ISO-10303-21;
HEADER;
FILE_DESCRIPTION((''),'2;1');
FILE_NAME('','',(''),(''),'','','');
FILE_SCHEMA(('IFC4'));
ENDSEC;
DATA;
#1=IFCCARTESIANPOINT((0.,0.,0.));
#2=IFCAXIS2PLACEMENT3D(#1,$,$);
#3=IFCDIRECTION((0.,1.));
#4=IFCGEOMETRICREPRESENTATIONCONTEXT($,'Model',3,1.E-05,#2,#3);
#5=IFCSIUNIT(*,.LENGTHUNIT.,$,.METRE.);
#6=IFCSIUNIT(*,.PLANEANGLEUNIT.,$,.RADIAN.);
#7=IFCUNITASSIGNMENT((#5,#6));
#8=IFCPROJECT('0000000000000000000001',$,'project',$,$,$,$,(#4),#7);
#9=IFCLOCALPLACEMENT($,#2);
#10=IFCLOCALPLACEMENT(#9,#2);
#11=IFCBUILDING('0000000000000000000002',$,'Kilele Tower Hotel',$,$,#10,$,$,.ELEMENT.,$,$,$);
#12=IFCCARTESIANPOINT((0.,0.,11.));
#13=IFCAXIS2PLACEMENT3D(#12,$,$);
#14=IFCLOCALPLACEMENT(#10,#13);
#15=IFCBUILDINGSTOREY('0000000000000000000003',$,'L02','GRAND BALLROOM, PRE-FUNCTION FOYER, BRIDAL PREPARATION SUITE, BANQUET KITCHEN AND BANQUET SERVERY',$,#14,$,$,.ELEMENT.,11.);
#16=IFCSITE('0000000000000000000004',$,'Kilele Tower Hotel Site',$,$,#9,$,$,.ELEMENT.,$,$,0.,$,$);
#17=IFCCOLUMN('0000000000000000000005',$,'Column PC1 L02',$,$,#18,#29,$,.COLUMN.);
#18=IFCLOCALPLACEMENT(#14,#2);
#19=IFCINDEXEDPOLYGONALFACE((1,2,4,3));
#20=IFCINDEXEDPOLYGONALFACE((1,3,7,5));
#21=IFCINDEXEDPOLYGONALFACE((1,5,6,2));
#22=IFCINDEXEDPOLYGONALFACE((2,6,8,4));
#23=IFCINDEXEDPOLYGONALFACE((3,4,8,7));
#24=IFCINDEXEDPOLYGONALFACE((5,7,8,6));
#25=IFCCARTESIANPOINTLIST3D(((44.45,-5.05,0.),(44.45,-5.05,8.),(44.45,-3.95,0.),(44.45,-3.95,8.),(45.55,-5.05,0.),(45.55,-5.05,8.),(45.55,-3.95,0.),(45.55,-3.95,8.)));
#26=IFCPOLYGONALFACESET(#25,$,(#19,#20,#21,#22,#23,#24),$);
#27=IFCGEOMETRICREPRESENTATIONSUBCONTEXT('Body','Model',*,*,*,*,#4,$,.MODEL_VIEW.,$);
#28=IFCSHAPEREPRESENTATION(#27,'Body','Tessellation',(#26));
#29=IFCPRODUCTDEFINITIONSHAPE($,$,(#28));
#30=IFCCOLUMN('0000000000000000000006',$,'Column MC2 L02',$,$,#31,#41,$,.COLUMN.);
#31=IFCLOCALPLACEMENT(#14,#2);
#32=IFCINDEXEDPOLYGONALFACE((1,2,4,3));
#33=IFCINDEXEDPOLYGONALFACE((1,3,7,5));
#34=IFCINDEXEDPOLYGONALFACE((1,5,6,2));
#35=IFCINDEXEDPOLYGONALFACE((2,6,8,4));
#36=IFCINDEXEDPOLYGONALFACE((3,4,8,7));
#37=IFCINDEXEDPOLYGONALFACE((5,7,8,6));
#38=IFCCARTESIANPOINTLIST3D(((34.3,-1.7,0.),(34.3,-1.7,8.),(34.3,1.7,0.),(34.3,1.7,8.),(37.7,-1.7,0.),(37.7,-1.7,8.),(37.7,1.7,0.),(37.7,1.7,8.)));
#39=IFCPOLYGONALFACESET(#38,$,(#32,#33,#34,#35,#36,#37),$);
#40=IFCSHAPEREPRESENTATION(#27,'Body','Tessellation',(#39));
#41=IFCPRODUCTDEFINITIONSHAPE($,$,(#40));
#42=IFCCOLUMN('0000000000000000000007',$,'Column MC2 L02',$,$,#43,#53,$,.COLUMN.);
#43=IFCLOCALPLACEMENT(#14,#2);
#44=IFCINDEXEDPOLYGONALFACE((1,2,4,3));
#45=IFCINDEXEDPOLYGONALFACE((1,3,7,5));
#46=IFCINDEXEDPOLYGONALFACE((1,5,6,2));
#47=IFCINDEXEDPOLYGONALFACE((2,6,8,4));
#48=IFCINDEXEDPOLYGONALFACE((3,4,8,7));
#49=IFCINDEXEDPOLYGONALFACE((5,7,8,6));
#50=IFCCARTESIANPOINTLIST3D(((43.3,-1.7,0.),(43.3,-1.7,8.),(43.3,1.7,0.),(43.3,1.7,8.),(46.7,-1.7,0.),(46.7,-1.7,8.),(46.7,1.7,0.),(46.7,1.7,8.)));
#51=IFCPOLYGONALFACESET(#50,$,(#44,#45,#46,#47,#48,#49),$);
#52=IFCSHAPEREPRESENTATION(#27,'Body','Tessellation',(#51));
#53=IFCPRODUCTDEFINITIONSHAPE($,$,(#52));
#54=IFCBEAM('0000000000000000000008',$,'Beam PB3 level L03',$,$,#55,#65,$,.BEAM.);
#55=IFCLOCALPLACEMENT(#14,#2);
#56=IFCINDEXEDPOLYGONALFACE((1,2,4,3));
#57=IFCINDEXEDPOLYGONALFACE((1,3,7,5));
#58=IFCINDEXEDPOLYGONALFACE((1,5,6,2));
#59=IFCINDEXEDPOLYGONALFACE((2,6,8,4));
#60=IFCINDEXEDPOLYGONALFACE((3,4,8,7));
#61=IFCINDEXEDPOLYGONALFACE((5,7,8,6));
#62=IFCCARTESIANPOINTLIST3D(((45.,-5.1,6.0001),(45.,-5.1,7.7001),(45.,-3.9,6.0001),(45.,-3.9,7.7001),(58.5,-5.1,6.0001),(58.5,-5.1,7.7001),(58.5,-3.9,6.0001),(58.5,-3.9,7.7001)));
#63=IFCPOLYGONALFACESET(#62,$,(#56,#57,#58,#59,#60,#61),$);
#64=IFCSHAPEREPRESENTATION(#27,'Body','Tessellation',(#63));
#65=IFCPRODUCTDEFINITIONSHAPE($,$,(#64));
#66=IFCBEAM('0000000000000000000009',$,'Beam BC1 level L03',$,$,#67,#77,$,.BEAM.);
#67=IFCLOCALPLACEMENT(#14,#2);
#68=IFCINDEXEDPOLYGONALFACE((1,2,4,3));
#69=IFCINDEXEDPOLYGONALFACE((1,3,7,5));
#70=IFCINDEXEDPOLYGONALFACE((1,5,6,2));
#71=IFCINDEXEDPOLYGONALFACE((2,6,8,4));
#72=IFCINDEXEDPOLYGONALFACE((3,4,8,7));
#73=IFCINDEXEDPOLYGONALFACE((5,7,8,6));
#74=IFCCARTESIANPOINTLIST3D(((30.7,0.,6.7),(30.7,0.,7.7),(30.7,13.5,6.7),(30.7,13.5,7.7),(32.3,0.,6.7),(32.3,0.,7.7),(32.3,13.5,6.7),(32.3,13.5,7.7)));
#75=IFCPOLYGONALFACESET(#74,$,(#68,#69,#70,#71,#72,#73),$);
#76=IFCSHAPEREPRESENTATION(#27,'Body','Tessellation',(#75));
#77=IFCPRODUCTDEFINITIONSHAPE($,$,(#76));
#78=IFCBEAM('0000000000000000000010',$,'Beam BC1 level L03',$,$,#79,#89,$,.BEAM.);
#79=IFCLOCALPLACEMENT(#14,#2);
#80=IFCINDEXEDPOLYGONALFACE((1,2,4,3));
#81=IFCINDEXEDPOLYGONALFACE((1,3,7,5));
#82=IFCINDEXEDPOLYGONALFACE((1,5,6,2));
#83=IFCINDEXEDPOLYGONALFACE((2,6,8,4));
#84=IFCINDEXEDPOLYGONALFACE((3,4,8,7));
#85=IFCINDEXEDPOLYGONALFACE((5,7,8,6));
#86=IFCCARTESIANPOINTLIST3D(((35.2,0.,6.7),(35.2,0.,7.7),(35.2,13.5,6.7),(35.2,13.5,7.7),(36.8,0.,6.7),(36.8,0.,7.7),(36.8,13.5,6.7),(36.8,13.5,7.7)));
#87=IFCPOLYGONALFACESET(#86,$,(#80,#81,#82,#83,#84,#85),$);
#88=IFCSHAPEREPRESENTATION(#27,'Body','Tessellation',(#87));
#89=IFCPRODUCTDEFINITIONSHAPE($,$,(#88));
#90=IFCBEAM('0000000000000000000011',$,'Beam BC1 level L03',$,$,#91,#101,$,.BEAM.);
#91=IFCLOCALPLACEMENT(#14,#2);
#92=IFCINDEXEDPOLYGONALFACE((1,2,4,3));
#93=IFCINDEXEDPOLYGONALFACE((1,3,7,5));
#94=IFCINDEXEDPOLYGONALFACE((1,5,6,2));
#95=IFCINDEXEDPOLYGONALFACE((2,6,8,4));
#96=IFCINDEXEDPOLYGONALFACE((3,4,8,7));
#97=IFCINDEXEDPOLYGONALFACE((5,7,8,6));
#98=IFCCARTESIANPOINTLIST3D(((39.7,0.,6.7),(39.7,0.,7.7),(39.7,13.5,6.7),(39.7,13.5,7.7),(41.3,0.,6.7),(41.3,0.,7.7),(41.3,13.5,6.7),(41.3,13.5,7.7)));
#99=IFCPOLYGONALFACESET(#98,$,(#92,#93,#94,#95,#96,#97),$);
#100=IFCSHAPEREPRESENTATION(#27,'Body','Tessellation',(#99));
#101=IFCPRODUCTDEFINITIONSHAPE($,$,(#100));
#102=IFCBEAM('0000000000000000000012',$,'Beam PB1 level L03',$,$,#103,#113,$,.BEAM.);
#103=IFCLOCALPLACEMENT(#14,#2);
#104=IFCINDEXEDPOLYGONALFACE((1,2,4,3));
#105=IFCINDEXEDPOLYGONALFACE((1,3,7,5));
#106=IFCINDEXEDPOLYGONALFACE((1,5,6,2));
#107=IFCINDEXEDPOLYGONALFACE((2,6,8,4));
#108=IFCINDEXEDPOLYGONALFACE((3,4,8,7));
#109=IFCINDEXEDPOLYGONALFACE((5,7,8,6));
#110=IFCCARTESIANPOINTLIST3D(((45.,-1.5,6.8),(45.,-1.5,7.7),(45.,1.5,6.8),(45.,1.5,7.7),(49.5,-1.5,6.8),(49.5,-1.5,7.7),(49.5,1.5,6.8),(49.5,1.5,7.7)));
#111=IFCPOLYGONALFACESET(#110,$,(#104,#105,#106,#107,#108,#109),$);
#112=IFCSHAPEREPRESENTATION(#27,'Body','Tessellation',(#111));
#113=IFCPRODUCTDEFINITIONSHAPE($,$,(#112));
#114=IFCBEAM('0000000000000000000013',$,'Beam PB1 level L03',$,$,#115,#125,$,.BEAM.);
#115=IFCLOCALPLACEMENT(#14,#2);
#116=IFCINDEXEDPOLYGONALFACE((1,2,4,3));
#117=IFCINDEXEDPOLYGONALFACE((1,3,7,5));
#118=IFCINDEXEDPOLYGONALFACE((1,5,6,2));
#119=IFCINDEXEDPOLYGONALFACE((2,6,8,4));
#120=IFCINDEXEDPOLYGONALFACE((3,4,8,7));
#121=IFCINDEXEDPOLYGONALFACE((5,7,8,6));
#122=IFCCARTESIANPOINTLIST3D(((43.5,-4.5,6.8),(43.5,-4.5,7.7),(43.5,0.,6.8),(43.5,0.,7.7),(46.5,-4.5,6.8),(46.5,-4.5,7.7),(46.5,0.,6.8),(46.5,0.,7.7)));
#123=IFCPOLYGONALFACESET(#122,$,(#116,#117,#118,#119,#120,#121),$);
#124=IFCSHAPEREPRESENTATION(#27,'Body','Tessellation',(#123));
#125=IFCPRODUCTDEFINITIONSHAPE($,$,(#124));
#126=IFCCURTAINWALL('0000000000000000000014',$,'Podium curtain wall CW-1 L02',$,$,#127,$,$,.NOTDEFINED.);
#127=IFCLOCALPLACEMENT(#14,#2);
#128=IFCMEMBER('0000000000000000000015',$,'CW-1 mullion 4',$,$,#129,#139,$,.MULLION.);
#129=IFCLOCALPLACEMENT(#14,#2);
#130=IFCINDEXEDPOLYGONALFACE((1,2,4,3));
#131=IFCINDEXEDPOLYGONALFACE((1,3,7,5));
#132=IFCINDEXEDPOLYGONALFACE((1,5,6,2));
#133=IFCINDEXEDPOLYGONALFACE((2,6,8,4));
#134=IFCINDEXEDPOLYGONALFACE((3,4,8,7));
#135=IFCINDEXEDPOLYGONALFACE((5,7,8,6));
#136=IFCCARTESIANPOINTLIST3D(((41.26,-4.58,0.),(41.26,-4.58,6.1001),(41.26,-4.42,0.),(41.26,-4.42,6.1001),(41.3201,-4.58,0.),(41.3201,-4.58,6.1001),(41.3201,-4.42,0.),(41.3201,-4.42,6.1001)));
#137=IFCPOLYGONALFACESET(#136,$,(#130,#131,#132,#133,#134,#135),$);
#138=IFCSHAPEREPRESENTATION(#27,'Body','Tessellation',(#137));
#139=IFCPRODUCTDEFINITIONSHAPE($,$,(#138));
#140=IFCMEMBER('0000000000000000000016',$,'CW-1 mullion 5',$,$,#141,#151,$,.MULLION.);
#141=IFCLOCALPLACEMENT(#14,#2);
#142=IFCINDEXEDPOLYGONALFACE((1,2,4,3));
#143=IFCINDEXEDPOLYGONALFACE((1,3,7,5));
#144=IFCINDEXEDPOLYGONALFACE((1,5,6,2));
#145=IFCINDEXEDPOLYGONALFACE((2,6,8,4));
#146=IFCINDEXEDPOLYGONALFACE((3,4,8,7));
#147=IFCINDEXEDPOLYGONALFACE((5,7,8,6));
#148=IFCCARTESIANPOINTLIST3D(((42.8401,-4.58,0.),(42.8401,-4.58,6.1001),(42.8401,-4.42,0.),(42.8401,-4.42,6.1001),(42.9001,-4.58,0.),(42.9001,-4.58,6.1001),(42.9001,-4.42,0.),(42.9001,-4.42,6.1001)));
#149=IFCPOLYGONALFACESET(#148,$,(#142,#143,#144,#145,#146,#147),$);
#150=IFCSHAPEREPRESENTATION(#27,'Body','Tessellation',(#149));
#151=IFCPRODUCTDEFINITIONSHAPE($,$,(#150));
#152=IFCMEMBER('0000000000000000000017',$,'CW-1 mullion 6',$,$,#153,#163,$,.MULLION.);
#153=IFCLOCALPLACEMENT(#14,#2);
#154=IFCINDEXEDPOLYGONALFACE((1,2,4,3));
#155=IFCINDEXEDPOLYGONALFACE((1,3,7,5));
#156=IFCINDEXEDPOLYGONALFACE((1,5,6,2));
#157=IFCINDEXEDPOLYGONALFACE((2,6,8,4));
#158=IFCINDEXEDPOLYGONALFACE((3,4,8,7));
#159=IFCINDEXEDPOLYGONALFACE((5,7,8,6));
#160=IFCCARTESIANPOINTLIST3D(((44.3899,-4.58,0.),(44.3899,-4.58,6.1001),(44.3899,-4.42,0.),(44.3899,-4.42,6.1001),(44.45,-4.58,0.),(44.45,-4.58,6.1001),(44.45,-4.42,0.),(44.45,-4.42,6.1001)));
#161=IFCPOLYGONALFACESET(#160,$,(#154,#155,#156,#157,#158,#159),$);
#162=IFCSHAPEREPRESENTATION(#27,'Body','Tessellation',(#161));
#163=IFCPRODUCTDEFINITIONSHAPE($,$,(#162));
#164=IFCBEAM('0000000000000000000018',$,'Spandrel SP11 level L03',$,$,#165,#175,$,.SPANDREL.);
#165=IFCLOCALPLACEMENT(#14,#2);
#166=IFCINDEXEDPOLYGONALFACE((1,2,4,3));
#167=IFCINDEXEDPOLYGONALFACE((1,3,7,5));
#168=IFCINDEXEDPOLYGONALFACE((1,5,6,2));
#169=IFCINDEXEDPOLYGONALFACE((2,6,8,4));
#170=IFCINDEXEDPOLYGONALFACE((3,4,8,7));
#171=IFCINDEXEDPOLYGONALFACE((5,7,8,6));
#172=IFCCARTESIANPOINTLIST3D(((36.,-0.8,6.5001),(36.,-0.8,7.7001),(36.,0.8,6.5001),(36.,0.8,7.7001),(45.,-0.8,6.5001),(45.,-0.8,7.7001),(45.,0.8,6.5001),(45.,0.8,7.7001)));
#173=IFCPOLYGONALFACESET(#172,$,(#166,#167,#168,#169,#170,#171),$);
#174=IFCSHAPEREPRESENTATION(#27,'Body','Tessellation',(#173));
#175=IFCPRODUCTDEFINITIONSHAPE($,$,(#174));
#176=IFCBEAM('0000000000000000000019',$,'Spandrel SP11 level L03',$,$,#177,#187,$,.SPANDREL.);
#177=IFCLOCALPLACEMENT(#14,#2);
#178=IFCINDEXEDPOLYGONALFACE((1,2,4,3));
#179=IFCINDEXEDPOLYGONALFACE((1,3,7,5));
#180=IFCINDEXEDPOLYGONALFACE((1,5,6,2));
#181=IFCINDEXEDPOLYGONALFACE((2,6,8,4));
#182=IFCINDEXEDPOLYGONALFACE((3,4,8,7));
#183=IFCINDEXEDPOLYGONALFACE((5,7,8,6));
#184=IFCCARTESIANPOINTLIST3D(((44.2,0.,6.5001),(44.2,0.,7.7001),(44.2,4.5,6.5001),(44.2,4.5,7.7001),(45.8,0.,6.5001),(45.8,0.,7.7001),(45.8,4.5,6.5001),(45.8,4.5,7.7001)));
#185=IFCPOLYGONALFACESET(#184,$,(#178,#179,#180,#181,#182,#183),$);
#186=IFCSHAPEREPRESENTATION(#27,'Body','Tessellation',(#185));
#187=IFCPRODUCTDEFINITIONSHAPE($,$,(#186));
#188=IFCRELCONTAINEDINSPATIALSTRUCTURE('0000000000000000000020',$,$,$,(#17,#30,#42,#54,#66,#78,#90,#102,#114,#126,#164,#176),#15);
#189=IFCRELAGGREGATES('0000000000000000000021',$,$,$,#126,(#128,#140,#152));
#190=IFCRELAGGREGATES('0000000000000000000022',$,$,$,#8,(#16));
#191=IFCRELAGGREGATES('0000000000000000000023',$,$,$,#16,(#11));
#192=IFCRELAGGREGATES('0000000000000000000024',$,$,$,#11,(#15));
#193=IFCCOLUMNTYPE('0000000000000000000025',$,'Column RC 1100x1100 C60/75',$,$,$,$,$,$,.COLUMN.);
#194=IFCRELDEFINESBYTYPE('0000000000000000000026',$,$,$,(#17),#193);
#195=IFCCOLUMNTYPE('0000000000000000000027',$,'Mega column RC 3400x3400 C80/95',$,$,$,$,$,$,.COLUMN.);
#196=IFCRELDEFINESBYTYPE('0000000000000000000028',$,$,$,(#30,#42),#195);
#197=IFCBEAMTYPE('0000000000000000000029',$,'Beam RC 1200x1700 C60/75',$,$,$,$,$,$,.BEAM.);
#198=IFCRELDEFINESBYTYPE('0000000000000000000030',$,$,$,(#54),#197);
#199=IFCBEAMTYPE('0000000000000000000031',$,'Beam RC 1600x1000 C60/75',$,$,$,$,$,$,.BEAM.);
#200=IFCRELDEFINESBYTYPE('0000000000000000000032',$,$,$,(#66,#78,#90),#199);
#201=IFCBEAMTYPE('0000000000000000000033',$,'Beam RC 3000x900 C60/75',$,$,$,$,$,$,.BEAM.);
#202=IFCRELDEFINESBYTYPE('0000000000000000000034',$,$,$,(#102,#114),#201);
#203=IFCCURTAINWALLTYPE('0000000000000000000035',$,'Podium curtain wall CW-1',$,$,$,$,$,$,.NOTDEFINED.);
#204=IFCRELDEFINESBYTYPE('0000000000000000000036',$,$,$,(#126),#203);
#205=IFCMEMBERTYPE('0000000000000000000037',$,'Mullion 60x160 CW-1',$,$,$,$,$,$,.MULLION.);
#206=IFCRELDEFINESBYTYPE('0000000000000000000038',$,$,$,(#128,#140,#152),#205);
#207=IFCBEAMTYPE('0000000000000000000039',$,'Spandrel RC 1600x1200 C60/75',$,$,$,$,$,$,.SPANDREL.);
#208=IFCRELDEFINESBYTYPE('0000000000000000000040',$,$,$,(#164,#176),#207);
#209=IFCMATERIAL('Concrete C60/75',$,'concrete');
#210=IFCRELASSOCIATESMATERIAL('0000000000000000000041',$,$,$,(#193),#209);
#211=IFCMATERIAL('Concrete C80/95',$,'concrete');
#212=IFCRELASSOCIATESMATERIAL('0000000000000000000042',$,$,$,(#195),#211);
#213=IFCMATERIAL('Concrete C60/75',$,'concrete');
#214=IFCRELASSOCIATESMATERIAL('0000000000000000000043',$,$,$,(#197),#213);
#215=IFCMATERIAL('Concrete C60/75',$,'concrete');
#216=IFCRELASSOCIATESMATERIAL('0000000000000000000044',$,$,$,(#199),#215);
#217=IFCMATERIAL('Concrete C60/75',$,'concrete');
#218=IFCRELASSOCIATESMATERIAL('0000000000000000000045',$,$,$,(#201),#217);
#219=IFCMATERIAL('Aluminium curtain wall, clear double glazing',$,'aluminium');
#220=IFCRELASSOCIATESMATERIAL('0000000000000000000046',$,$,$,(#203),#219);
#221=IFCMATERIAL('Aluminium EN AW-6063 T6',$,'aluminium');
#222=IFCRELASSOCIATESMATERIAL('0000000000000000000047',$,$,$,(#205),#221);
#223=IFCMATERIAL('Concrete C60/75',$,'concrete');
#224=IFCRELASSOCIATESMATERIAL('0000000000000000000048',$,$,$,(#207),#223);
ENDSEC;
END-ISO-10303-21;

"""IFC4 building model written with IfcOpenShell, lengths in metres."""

from ifc_helpers import new_model, si_unit, direction, frame, origin, origin_2d, place, context, subcontext, project, spatial, rectangle, extrude, material, material_profile, profile_set, type_object, element, aggregate, save


model = new_model("IFC4")

# Units and contexts
model_context = context("Model", 3, precision=1e-05, world=origin(), true_north=direction((0.0, 1.0)))
body_context = subcontext(model_context, "Body", "Model", "MODEL_VIEW")
ifc_project = project(units=[si_unit("LENGTHUNIT", "METRE"), si_unit("PLANEANGLEUNIT", "RADIAN")], contexts=[model_context])

# Site, building, storey
site_placement = place(None, origin())
site = spatial("IfcSite", under=ifc_project, at=site_placement, Name="Kilele Tower Hotel Site", CompositionType="ELEMENT", RefElevation=0.0)
building_placement = place(site_placement, origin())
building = spatial("IfcBuilding", under=site, at=building_placement, Name="Kilele Tower Hotel", CompositionType="ELEMENT")
storey_placement = place(building_placement, frame((0.0, 0.0, 11.0)))
storey = spatial("IfcBuildingStorey", under=building, at=storey_placement, Name="L02", Description="GRAND BALLROOM, PRE-FUNCTION FOYER, BRIDAL PREPARATION SUITE, BANQUET KITCHEN AND BANQUET SERVERY", CompositionType="ELEMENT", Elevation=11.0)

# Columns
ifc_material_1 = material(Name="Concrete C60/75", Category="concrete")
ifc_material_profile_1 = material_profile(ifc_material_1, rectangle(XDim=1.1001, YDim=1.1001, at=origin_2d()))
ifc_profile_set_1 = profile_set([ifc_material_profile_1], Name="Concrete C60/75")
column_type_1 = type_object("IfcColumnType", Name="Column RC 1100x1100 C60/75", PredefinedType="COLUMN", material=ifc_profile_set_1)
column_placement = place(storey_placement, frame((45.0, -4.5, 0.0), z_axis=(0.0, 0.0, 1.0), x_axis=(1.0, 0.0, 0.0)))
element("IfcColumn", 1, at=column_placement, inside=storey, type_object=column_type_1, Name="Column PC1 L02", PredefinedType="COLUMN", context=body_context, shape_type="SweptSolid", body=[
    extrude(rectangle(XDim=1.1001, YDim=1.1001, at=origin_2d()), origin(), (0.0, 0.0, 1.0), 8.0),
])
ifc_material_2 = material(Name="Concrete C80/95", Category="concrete")
ifc_material_profile_2 = material_profile(ifc_material_2, rectangle(XDim=3.3999, YDim=3.3999, at=origin_2d()))
ifc_profile_set_2 = profile_set([ifc_material_profile_2], Name="Concrete C80/95")
column_type_2 = type_object("IfcColumnType", Name="Mega column RC 3400x3400 C80/95", PredefinedType="COLUMN", material=ifc_profile_set_2)
for number, where, z_axis, x_axis, name in (
    (2, (36.0, 0.0, 0.0), (0.0, 0.0, 1.0), (1.0, 0.0, 0.0), "Column MC2 L02"),
    (3, (45.0, 0.0, 0.0), (0.0, 0.0, 1.0), (1.0, 0.0, 0.0), "Column MC2 L02"),
):
    element("IfcColumn", number, at=place(storey_placement, frame(where, z_axis=z_axis, x_axis=x_axis)), inside=storey, type_object=column_type_2, Name=name, PredefinedType="COLUMN", context=body_context, shape_type="SweptSolid", body=[
        extrude(rectangle(XDim=3.3999, YDim=3.3999, at=origin_2d()), origin(), (0.0, 0.0, 1.0), 8.0),
    ])

# Beams
ifc_material_3 = material(Name="Concrete C60/75", Category="concrete")
ifc_material_profile_3 = material_profile(ifc_material_3, rectangle(XDim=1.2, YDim=1.7, at=origin_2d()))
ifc_profile_set_3 = profile_set([ifc_material_profile_3], Name="Concrete C60/75")
beam_type_1 = type_object("IfcBeamType", Name="Beam RC 1200x1700 C60/75", PredefinedType="BEAM", material=ifc_profile_set_3)
beam_1_placement = place(storey_placement, frame((45.0, -4.5, 6.8501), z_axis=(1.0, 0.0, 0.0), x_axis=(0.0, 1.0, 0.0)))
element("IfcBeam", 4, at=beam_1_placement, inside=storey, type_object=beam_type_1, Name="Beam PB3 level L03", PredefinedType="BEAM", context=body_context, shape_type="SweptSolid", body=[
    extrude(rectangle(XDim=1.2, YDim=1.7, at=origin_2d()), origin(), (0.0, 0.0, 1.0), 13.5),
])
ifc_material_4 = material(Name="Concrete C60/75", Category="concrete")
ifc_material_profile_4 = material_profile(ifc_material_4, rectangle(XDim=1.6001, YDim=1.0, at=origin_2d()))
ifc_profile_set_4 = profile_set([ifc_material_profile_4], Name="Concrete C60/75")
beam_type_2 = type_object("IfcBeamType", Name="Beam RC 1600x1000 C60/75", PredefinedType="BEAM", material=ifc_profile_set_4)
for number, where, z_axis, x_axis, name in (
    (5, (31.5, 0.0, 7.2), (0.0, 1.0, 0.0), (-1.0, 0.0, 0.0), "Beam BC1 level L03"),
    (6, (36.0, 0.0, 7.2), (0.0, 1.0, 0.0), (-1.0, 0.0, 0.0), "Beam BC1 level L03"),
    (7, (40.5, 0.0, 7.2), (0.0, 1.0, 0.0), (-1.0, 0.0, 0.0), "Beam BC1 level L03"),
):
    element("IfcBeam", number, at=place(storey_placement, frame(where, z_axis=z_axis, x_axis=x_axis)), inside=storey, type_object=beam_type_2, Name=name, PredefinedType="BEAM", context=body_context, shape_type="SweptSolid", body=[
        extrude(rectangle(XDim=1.6001, YDim=1.0, at=origin_2d()), origin(), (0.0, 0.0, 1.0), 13.5),
    ])
ifc_material_5 = material(Name="Concrete C60/75", Category="concrete")
ifc_material_profile_5 = material_profile(ifc_material_5, rectangle(XDim=3.0, YDim=0.8999, at=origin_2d()))
ifc_profile_set_5 = profile_set([ifc_material_profile_5], Name="Concrete C60/75")
beam_type_3 = type_object("IfcBeamType", Name="Beam RC 3000x900 C60/75", PredefinedType="BEAM", material=ifc_profile_set_5)
for number, where, z_axis, x_axis, name in (
    (8, (45.0, 0.0, 7.25), (1.0, 0.0, 0.0), (0.0, 1.0, 0.0), "Beam PB1 level L03"),
    (9, (45.0, -4.5, 7.25), (0.0, 1.0, 0.0), (-1.0, 0.0, 0.0), "Beam PB1 level L03"),
):
    element("IfcBeam", number, at=place(storey_placement, frame(where, z_axis=z_axis, x_axis=x_axis)), inside=storey, type_object=beam_type_3, Name=name, PredefinedType="BEAM", context=body_context, shape_type="SweptSolid", body=[
        extrude(rectangle(XDim=3.0, YDim=0.8999, at=origin_2d()), origin(), (0.0, 0.0, 1.0), 4.5),
    ])

# Curtain wall, members
ifc_material_6 = material(Name="Aluminium curtain wall, clear double glazing", Category="aluminium")
curtain_wall_type = type_object("IfcCurtainWallType", Name="Podium curtain wall CW-1", PredefinedType="NOTDEFINED", material=ifc_material_6)
curtain_wall_placement = place(storey_placement, origin())
curtain_wall = element("IfcCurtainWall", 10, at=curtain_wall_placement, inside=storey, type_object=curtain_wall_type, Name="Podium curtain wall CW-1 L02", PredefinedType="NOTDEFINED")
ifc_material_7 = material(Name="Aluminium EN AW-6063 T6", Category="aluminium")
ifc_material_profile_6 = material_profile(ifc_material_7, rectangle(XDim=0.1599, YDim=0.0601, at=origin_2d()))
ifc_profile_set_6 = profile_set([ifc_material_profile_6], Name="Aluminium EN AW-6063 T6")
member_type_1 = type_object("IfcMemberType", Name="Mullion 60x160 CW-1", PredefinedType="MULLION", material=ifc_profile_set_6)
member_1_placement = place(storey_placement, frame((41.29, -4.5, 0.0), z_axis=(0.0, 0.0, 1.0), x_axis=(0.0, 1.0, 0.0)))
member_1 = element("IfcMember", 11, at=member_1_placement, type_object=member_type_1, Name="CW-1 mullion 4", PredefinedType="MULLION", context=body_context, shape_type="SweptSolid", body=[
    extrude(rectangle(XDim=0.1599, YDim=0.0601, at=origin_2d()), origin(), (0.0, 0.0, 1.0), 6.1001),
])
member_2_placement = place(storey_placement, frame((42.8701, -4.5, 0.0), z_axis=(0.0, 0.0, 1.0), x_axis=(0.0, 1.0, 0.0)))
member_2 = element("IfcMember", 12, at=member_2_placement, type_object=member_type_1, Name="CW-1 mullion 5", PredefinedType="MULLION", context=body_context, shape_type="SweptSolid", body=[
    extrude(rectangle(XDim=0.1599, YDim=0.0601, at=origin_2d()), origin(), (0.0, 0.0, 1.0), 6.1001),
])
member_3_placement = place(storey_placement, frame((44.4199, -4.5, 0.0), z_axis=(0.0, 0.0, 1.0), x_axis=(0.0, 1.0, 0.0)))
member_3 = element("IfcMember", 13, at=member_3_placement, type_object=member_type_1, Name="CW-1 mullion 6", PredefinedType="MULLION", context=body_context, shape_type="SweptSolid", body=[
    extrude(rectangle(XDim=0.1599, YDim=0.0601, at=origin_2d()), origin(), (0.0, 0.0, 1.0), 6.1001),
])

# Beams
ifc_material_8 = material(Name="Concrete C60/75", Category="concrete")
ifc_material_profile_7 = material_profile(ifc_material_8, rectangle(XDim=1.6001, YDim=1.2, at=origin_2d()))
ifc_profile_set_7 = profile_set([ifc_material_profile_7], Name="Concrete C60/75")
beam_type_4 = type_object("IfcBeamType", Name="Spandrel RC 1600x1200 C60/75", PredefinedType="SPANDREL", material=ifc_profile_set_7)
beam_2_placement = place(storey_placement, frame((36.0, 0.0, 7.1001), z_axis=(1.0, 0.0, 0.0), x_axis=(0.0, 1.0, 0.0)))
element("IfcBeam", 14, at=beam_2_placement, inside=storey, type_object=beam_type_4, Name="Spandrel SP11 level L03", PredefinedType="SPANDREL", context=body_context, shape_type="SweptSolid", body=[
    extrude(rectangle(XDim=1.6001, YDim=1.2, at=origin_2d()), origin(), (0.0, 0.0, 1.0), 9.0),
])
beam_3_placement = place(storey_placement, frame((45.0, 0.0, 7.1001), z_axis=(0.0, 1.0, 0.0), x_axis=(-1.0, 0.0, 0.0)))
element("IfcBeam", 15, at=beam_3_placement, inside=storey, type_object=beam_type_4, Name="Spandrel SP11 level L03", PredefinedType="SPANDREL", context=body_context, shape_type="SweptSolid", body=[
    extrude(rectangle(XDim=1.6001, YDim=1.2, at=origin_2d()), origin(), (0.0, 0.0, 1.0), 4.5),
])

aggregate(curtain_wall, [member_1, member_2, member_3])

save(model, "model.ifc")
